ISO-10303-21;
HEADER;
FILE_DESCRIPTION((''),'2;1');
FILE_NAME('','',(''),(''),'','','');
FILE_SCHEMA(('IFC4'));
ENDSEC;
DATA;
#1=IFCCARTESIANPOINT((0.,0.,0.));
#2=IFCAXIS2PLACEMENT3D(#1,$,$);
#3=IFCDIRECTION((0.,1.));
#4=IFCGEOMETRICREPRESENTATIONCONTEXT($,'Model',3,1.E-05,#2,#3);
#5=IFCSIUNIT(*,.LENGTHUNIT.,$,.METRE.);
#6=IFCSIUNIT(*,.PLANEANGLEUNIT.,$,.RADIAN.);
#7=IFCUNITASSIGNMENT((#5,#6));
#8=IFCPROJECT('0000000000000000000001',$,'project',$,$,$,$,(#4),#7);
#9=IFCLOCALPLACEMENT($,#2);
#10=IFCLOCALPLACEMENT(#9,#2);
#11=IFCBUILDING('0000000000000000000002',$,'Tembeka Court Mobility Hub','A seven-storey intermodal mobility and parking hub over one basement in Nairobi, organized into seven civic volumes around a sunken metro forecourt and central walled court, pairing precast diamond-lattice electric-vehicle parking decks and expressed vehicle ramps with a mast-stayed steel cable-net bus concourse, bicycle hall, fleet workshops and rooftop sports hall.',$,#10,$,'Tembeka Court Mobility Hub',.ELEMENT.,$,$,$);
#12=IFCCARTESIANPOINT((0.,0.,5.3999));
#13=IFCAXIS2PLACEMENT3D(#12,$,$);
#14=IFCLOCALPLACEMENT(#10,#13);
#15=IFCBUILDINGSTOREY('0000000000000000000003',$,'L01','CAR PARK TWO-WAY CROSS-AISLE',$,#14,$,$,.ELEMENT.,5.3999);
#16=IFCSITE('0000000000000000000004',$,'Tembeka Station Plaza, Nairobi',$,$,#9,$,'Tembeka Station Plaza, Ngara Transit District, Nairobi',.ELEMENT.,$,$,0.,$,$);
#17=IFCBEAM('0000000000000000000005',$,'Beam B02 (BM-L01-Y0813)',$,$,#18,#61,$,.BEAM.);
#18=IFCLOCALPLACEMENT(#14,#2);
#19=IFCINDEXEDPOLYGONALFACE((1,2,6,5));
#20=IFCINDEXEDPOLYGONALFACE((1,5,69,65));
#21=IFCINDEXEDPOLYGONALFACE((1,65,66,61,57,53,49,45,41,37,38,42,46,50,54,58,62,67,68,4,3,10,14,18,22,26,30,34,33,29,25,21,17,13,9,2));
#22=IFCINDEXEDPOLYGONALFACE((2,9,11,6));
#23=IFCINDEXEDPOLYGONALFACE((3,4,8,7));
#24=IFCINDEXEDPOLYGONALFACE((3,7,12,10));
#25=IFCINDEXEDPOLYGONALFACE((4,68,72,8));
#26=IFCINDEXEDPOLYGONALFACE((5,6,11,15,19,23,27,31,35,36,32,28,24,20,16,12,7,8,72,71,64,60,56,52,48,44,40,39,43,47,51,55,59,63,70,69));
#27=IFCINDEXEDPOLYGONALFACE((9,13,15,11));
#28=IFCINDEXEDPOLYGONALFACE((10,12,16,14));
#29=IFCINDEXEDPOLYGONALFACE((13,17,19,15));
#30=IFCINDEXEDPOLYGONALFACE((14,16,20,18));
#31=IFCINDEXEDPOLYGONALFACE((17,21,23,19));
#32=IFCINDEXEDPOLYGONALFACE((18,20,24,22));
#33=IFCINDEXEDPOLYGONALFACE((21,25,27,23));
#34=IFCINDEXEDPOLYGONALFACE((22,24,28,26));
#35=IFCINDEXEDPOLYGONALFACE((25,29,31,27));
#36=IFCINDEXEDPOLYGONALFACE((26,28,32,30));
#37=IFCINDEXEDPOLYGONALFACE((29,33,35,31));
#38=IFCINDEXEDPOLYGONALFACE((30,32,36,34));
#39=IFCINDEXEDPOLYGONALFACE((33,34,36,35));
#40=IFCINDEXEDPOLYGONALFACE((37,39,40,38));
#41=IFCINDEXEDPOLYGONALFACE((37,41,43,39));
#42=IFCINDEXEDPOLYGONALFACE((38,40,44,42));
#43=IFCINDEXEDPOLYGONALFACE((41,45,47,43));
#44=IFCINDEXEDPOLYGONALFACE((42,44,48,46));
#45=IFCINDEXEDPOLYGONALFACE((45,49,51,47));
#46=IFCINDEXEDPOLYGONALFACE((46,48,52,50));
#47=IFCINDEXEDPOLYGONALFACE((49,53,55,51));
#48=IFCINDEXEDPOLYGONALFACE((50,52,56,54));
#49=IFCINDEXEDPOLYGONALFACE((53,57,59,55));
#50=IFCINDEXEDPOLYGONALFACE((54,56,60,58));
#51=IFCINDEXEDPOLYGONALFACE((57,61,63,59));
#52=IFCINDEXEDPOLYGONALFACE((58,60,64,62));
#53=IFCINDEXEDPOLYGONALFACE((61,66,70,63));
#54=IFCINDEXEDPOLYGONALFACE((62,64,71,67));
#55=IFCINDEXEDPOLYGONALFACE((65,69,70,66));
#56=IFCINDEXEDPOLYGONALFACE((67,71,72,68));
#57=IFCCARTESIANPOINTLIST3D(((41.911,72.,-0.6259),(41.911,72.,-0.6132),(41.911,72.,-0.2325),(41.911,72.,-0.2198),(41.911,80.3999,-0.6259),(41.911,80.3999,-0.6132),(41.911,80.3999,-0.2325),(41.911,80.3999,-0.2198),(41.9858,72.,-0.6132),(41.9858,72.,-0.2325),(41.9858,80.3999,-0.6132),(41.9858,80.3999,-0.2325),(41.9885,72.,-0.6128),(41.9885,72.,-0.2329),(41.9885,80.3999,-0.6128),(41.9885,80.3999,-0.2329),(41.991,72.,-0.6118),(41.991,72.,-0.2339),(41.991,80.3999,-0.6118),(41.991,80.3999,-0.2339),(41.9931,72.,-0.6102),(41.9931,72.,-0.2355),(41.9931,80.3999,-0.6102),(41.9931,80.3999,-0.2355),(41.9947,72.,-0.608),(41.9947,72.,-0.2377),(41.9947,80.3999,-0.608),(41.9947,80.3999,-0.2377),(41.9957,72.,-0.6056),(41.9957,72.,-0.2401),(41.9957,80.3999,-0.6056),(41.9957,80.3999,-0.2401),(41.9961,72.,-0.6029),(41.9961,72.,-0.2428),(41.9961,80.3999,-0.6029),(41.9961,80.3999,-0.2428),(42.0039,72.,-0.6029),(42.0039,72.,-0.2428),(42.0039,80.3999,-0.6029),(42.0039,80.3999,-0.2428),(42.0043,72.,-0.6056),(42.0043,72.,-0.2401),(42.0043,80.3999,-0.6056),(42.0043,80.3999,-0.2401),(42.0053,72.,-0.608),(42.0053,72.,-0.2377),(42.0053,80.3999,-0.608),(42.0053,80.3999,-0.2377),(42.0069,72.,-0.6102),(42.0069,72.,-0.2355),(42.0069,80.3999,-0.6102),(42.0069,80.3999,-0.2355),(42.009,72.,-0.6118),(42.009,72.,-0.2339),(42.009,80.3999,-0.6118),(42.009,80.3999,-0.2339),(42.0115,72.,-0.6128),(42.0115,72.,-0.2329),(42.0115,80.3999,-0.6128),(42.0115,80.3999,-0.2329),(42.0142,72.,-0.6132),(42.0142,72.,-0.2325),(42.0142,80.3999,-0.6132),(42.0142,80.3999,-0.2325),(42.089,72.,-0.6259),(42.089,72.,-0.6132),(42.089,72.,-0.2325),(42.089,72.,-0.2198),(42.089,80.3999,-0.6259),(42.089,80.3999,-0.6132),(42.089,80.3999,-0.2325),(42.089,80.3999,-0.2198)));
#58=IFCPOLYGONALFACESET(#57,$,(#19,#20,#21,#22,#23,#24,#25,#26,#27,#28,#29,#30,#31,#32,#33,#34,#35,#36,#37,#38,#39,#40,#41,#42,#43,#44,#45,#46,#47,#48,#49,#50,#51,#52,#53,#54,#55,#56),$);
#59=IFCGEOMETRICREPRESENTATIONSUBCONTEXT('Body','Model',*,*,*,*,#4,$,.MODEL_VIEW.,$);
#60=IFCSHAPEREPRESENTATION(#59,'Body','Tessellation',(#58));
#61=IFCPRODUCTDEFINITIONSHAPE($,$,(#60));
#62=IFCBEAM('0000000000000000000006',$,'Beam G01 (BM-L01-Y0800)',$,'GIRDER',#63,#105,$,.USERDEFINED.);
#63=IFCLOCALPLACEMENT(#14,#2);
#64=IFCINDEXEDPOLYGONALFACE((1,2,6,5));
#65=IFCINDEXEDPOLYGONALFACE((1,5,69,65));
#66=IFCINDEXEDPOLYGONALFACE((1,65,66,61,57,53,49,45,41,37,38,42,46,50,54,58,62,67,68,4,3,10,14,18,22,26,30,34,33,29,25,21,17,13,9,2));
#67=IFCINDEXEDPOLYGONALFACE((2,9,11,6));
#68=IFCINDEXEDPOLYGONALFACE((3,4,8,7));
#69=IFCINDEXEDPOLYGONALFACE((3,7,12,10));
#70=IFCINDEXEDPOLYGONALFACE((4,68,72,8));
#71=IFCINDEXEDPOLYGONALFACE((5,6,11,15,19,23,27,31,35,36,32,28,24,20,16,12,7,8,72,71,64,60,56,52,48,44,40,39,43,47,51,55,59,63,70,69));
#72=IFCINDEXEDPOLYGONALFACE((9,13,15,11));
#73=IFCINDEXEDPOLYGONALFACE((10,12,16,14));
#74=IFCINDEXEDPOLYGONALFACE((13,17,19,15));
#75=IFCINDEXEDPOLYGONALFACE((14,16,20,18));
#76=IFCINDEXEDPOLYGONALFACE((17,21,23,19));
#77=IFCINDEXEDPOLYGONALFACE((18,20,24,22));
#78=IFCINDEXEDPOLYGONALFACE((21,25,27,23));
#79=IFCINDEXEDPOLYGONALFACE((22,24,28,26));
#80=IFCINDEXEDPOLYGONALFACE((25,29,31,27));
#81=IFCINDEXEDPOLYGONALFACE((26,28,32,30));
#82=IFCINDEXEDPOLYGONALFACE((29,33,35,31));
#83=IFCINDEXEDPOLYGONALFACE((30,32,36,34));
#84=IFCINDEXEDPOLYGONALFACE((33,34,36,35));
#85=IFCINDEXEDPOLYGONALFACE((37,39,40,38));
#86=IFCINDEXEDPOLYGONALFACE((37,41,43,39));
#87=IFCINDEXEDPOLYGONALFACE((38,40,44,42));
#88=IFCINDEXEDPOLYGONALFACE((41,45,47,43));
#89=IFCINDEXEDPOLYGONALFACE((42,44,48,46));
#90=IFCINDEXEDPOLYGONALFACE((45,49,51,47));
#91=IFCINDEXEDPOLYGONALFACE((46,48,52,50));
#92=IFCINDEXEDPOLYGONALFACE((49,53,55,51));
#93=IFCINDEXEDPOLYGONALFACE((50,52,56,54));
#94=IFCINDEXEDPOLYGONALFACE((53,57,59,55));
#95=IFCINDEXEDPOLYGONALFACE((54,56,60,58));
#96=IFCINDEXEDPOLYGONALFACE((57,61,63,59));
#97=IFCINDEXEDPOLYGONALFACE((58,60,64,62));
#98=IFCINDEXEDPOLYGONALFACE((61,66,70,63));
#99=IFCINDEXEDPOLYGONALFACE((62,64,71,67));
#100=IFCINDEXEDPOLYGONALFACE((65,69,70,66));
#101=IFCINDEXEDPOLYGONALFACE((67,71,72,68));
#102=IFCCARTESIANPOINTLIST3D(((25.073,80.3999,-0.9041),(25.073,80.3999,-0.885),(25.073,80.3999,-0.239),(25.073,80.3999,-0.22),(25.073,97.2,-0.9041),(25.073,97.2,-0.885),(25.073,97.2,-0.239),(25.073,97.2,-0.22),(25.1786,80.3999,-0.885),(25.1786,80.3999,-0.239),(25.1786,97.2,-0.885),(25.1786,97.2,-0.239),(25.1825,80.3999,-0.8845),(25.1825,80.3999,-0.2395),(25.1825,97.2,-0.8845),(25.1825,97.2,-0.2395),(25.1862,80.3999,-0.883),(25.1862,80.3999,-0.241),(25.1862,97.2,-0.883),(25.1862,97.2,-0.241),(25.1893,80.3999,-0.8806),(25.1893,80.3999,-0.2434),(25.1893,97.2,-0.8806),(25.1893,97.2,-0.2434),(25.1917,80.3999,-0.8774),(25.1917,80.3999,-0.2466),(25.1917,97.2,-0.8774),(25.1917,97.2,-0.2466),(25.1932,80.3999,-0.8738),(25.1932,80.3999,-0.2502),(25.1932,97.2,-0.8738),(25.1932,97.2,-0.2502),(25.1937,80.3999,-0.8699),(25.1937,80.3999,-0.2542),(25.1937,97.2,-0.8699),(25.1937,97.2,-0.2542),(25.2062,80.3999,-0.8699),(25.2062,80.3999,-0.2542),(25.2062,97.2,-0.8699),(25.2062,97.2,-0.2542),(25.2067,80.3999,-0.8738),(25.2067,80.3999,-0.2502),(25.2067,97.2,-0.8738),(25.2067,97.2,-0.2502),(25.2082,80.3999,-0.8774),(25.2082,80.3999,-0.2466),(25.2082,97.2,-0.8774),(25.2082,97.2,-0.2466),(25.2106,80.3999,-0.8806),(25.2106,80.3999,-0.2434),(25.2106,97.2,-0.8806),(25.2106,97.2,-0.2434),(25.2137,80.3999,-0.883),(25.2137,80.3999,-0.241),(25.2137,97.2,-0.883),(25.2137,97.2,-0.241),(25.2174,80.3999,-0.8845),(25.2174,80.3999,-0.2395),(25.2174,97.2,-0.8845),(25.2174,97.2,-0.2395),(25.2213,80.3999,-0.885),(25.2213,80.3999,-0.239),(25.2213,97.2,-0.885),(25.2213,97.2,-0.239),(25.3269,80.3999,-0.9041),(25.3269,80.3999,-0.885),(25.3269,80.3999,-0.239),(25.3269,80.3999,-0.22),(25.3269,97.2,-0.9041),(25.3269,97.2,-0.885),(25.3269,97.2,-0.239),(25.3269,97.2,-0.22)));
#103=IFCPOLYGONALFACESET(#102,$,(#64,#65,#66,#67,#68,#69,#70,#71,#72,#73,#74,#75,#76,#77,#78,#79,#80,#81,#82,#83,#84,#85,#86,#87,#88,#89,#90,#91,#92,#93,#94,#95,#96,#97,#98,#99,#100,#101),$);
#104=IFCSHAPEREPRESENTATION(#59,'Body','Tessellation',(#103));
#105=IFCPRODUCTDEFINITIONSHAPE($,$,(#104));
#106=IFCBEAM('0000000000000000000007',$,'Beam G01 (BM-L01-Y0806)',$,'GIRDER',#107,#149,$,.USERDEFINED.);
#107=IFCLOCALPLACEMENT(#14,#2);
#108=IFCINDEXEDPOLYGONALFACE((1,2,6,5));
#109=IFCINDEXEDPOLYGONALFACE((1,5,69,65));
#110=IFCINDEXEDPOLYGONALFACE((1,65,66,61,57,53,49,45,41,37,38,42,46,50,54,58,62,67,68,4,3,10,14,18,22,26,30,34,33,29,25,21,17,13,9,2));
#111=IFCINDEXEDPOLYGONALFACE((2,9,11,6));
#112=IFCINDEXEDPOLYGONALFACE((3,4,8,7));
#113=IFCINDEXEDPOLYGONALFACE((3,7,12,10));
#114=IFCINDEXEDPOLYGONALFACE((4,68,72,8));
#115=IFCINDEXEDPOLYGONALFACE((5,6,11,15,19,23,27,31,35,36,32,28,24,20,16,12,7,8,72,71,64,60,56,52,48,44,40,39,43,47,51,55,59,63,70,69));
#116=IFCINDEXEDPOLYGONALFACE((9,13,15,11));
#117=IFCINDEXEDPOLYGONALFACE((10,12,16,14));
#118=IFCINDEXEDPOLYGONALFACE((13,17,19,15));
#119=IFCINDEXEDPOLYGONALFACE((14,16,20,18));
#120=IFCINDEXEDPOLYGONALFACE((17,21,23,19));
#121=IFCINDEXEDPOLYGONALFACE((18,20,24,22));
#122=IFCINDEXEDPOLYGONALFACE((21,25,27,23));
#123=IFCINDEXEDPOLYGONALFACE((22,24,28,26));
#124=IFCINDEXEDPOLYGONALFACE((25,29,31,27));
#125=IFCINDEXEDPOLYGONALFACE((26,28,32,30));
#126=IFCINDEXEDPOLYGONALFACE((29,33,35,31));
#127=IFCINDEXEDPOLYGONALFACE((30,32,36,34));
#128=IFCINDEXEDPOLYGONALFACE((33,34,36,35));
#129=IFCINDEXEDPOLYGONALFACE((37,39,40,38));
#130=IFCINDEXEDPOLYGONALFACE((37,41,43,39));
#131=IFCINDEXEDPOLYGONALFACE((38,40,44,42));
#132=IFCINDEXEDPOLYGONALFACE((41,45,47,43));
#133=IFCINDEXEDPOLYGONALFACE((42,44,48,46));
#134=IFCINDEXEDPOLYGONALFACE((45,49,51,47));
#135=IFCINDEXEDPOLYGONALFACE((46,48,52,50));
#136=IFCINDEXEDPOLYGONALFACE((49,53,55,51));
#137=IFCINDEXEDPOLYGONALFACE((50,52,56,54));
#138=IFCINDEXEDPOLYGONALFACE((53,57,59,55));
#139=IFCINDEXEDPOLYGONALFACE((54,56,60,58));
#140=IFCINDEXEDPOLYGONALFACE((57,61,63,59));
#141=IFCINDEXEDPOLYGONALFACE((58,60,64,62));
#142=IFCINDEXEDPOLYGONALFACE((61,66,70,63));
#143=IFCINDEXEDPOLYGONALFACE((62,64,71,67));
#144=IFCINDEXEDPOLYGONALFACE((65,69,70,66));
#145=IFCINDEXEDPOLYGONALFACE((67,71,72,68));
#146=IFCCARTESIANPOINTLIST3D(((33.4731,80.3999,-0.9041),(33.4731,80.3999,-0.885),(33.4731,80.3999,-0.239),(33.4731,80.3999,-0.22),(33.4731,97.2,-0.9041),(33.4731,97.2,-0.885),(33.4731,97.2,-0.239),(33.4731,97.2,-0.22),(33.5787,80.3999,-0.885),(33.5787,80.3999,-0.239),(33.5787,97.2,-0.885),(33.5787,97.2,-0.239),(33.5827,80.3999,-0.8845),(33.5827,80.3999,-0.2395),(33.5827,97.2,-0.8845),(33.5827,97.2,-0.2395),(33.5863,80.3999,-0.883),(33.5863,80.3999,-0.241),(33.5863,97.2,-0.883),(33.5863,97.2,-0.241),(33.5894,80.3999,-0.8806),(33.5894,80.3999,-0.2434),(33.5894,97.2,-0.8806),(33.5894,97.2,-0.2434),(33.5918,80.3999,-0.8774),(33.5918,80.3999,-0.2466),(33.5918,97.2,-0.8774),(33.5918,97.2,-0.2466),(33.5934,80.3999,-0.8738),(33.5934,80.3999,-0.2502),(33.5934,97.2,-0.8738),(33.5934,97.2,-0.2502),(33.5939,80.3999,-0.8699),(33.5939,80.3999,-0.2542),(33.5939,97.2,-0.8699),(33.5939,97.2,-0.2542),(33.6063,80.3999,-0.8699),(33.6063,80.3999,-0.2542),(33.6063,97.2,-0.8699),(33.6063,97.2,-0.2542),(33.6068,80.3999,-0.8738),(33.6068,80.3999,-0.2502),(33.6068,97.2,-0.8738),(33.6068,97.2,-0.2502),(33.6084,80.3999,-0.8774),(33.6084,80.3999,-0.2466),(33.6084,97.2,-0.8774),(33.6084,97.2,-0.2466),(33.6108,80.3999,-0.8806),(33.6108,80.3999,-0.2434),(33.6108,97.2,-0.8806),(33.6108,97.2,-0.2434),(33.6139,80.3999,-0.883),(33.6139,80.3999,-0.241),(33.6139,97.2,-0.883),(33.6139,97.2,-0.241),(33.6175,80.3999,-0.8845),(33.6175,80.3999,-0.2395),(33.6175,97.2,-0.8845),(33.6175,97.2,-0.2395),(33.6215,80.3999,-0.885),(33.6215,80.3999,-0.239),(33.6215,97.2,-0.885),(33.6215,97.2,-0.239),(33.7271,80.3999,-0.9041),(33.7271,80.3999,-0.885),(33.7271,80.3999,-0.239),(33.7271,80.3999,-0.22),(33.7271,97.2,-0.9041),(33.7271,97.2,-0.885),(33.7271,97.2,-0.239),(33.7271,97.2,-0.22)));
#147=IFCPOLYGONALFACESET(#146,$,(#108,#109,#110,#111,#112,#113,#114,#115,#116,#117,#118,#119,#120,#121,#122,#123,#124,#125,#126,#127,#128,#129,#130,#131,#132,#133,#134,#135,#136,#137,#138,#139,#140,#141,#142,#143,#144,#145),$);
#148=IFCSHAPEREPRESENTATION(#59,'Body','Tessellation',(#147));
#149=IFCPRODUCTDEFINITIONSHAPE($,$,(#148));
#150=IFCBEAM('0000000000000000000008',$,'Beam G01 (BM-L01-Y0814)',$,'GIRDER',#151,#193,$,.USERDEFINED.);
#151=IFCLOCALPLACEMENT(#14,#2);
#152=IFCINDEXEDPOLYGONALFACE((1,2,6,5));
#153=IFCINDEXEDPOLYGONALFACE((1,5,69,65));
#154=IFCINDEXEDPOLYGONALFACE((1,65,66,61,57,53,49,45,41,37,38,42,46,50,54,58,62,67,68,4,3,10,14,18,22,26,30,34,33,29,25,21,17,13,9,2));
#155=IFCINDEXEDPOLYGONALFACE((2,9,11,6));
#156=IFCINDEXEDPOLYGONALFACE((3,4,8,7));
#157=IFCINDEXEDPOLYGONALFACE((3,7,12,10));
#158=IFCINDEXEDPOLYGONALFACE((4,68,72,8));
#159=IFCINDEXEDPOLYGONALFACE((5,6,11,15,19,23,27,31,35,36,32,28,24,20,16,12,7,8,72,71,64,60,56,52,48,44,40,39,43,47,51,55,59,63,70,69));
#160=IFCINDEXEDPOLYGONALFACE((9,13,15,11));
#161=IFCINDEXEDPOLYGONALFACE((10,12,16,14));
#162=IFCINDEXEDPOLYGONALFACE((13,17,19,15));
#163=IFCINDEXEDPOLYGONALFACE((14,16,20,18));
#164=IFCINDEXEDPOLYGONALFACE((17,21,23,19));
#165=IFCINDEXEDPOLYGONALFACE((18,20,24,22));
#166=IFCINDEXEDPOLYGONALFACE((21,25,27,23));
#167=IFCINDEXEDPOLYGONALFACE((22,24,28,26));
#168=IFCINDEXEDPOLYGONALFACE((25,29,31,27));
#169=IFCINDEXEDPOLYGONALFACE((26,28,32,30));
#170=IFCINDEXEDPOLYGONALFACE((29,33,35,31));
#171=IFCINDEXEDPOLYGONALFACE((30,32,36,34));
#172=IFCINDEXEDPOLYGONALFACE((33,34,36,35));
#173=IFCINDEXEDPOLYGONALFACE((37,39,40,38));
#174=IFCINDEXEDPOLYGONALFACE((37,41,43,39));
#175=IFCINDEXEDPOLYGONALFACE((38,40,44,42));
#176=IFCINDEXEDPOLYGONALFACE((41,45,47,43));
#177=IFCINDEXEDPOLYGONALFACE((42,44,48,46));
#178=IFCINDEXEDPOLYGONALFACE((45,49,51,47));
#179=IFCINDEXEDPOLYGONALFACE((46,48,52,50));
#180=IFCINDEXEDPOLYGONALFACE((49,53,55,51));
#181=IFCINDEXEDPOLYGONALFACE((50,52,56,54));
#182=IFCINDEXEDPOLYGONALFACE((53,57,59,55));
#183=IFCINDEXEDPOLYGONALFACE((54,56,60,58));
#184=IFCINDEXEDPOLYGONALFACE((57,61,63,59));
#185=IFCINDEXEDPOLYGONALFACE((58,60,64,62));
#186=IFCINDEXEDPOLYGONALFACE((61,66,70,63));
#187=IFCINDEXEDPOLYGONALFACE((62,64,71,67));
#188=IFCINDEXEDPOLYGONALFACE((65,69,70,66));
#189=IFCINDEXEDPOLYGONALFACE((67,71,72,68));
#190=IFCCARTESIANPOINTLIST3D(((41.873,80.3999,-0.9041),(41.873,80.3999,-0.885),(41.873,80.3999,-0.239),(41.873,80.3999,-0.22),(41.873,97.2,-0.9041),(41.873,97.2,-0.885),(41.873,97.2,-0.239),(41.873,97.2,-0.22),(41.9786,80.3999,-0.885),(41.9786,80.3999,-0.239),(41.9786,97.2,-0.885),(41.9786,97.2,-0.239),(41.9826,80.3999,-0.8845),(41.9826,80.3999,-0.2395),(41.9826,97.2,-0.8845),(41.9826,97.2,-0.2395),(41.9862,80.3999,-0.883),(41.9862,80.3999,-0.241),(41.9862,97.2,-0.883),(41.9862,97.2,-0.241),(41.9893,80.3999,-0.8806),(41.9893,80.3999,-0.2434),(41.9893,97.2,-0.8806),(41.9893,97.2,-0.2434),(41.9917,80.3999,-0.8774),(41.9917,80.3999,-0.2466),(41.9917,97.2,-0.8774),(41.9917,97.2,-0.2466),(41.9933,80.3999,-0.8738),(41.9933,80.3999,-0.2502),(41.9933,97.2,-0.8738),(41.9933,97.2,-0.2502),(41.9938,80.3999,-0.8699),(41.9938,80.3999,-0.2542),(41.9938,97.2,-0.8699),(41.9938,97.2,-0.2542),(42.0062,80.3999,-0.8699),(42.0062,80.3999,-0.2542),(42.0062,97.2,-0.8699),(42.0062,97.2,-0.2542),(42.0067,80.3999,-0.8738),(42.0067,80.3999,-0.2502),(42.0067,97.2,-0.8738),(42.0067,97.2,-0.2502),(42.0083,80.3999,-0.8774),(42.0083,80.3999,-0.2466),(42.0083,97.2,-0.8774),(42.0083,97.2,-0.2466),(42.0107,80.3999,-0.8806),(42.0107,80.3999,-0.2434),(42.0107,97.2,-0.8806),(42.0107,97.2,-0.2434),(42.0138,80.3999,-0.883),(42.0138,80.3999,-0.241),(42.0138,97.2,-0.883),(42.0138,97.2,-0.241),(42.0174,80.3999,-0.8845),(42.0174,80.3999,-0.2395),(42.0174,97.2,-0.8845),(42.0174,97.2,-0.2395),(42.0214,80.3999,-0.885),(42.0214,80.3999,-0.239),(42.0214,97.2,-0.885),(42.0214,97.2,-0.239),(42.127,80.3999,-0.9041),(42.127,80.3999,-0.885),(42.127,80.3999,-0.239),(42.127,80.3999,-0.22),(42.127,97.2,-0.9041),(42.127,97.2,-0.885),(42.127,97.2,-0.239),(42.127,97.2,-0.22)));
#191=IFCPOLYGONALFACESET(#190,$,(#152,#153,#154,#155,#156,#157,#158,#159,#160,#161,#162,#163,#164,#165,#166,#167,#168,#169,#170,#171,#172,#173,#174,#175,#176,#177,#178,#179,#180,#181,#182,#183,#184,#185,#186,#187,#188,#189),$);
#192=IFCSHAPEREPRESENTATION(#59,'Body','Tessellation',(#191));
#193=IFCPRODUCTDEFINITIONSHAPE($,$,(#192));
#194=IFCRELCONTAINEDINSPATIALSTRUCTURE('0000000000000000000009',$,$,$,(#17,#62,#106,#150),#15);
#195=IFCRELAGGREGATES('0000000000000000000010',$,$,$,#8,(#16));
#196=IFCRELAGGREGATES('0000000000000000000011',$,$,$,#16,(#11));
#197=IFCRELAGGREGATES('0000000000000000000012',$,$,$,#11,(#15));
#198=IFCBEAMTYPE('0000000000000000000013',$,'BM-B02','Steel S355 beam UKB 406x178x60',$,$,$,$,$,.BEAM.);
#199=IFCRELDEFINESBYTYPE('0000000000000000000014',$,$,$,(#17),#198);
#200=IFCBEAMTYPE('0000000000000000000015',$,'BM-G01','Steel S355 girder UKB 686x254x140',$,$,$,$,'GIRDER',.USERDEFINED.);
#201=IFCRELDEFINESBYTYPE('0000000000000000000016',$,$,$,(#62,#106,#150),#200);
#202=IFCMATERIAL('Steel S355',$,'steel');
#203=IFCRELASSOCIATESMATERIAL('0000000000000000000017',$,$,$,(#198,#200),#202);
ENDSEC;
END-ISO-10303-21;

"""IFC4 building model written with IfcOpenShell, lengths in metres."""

from ifc_helpers import new_model, si_unit, direction, frame, origin, origin_2d, place, context, subcontext, project, spatial, i_section, extrude, material, material_profile, profile_set, type_object, element, save


model = new_model("IFC4")

# Units and contexts
model_context = context("Model", 3, precision=1e-05, world=origin(), true_north=direction((0.0, 1.0)))
body_context = subcontext(model_context, "Body", "Model", "MODEL_VIEW")
ifc_project = project(units=[si_unit("LENGTHUNIT", "METRE"), si_unit("PLANEANGLEUNIT", "RADIAN")], contexts=[model_context])

# Site, building, storey
site_placement = place(None, origin())
site = spatial("IfcSite", under=ifc_project, at=site_placement, Name="Tembeka Station Plaza, Nairobi", LongName="Tembeka Station Plaza, Ngara Transit District, Nairobi", CompositionType="ELEMENT", RefElevation=0.0)
building_placement = place(site_placement, origin())
building = spatial("IfcBuilding", under=site, at=building_placement, Name="Tembeka Court Mobility Hub", Description="A seven-storey intermodal mobility and parking hub over one basement in Nairobi, organized into seven civic volumes around a sunken metro forecourt and central walled court, pairing precast diamond-lattice electric-vehicle parking decks and expressed vehicle ramps with a mast-stayed steel cable-net bus concourse, bicycle hall, fleet workshops and rooftop sports hall.", LongName="Tembeka Court Mobility Hub", CompositionType="ELEMENT")
storey_placement = place(building_placement, frame((0.0, 0.0, 5.3999)))
storey = spatial("IfcBuildingStorey", under=building, at=storey_placement, Name="L01", Description="CAR PARK TWO-WAY CROSS-AISLE", CompositionType="ELEMENT", Elevation=5.3999)

# Shared definitions
ifc_material = material(Name="Steel S355", Category="steel")

# Beams
ifc_material_profile_1 = material_profile(ifc_material, i_section(OverallWidth=0.178, OverallDepth=0.406, WebThickness=0.0078, FlangeThickness=0.0127, FilletRadius=0.0103, at=origin_2d()), Name="UKB 406x178x60")
ifc_profile_set_1 = profile_set([ifc_material_profile_1], Name="Steel S355")
beam_type_1 = type_object("IfcBeamType", Name="BM-B02", Description="Steel S355 beam UKB 406x178x60", PredefinedType="BEAM", material=ifc_profile_set_1)
beam_1_placement = place(storey_placement, frame((42.0, 72.0, -0.4229), z_axis=(0.0, 1.0, 0.0), x_axis=(-1.0, 0.0, 0.0)))
element("IfcBeam", 1, at=beam_1_placement, inside=storey, type_object=beam_type_1, Name="Beam B02 (BM-L01-Y0813)", PredefinedType="BEAM", context=body_context, shape_type="SweptSolid", body=[
    extrude(i_section(OverallWidth=0.178, OverallDepth=0.406, WebThickness=0.0078, FlangeThickness=0.0127, FilletRadius=0.0103, at=origin_2d()), origin(), (0.0, 0.0, 1.0), 8.3999),
])
ifc_material_profile_2 = material_profile(ifc_material, i_section(OverallWidth=0.2539, OverallDepth=0.6841, WebThickness=0.0125, FlangeThickness=0.019, FilletRadius=0.0151, at=origin_2d()), Name="UKB 686x254x140")
ifc_profile_set_2 = profile_set([ifc_material_profile_2], Name="Steel S355")
beam_type_2 = type_object("IfcBeamType", Name="BM-G01", Description="Steel S355 girder UKB 686x254x140", ElementType="GIRDER", PredefinedType="USERDEFINED", material=ifc_profile_set_2)
for number, where, z_axis, x_axis, name in (
    (2, (25.2, 80.3999, -0.562), (0.0, 1.0, 0.0), (-1.0, 0.0, 0.0), "Beam G01 (BM-L01-Y0800)"),
    (3, (33.6001, 80.3999, -0.562), (0.0, 1.0, 0.0), (-1.0, 0.0, 0.0), "Beam G01 (BM-L01-Y0806)"),
    (4, (42.0, 80.3999, -0.562), (0.0, 1.0, 0.0), (-1.0, 0.0, 0.0), "Beam G01 (BM-L01-Y0814)"),
):
    element("IfcBeam", number, at=place(storey_placement, frame(where, z_axis=z_axis, x_axis=x_axis)), inside=storey, type_object=beam_type_2, Name=name, ObjectType="GIRDER", PredefinedType="USERDEFINED", context=body_context, shape_type="SweptSolid", body=[
        extrude(i_section(OverallWidth=0.2539, OverallDepth=0.6841, WebThickness=0.0125, FlangeThickness=0.019, FilletRadius=0.0151, at=origin_2d()), origin(), (0.0, 0.0, 1.0), 16.8),
    ])

save(model, "model.ifc")
